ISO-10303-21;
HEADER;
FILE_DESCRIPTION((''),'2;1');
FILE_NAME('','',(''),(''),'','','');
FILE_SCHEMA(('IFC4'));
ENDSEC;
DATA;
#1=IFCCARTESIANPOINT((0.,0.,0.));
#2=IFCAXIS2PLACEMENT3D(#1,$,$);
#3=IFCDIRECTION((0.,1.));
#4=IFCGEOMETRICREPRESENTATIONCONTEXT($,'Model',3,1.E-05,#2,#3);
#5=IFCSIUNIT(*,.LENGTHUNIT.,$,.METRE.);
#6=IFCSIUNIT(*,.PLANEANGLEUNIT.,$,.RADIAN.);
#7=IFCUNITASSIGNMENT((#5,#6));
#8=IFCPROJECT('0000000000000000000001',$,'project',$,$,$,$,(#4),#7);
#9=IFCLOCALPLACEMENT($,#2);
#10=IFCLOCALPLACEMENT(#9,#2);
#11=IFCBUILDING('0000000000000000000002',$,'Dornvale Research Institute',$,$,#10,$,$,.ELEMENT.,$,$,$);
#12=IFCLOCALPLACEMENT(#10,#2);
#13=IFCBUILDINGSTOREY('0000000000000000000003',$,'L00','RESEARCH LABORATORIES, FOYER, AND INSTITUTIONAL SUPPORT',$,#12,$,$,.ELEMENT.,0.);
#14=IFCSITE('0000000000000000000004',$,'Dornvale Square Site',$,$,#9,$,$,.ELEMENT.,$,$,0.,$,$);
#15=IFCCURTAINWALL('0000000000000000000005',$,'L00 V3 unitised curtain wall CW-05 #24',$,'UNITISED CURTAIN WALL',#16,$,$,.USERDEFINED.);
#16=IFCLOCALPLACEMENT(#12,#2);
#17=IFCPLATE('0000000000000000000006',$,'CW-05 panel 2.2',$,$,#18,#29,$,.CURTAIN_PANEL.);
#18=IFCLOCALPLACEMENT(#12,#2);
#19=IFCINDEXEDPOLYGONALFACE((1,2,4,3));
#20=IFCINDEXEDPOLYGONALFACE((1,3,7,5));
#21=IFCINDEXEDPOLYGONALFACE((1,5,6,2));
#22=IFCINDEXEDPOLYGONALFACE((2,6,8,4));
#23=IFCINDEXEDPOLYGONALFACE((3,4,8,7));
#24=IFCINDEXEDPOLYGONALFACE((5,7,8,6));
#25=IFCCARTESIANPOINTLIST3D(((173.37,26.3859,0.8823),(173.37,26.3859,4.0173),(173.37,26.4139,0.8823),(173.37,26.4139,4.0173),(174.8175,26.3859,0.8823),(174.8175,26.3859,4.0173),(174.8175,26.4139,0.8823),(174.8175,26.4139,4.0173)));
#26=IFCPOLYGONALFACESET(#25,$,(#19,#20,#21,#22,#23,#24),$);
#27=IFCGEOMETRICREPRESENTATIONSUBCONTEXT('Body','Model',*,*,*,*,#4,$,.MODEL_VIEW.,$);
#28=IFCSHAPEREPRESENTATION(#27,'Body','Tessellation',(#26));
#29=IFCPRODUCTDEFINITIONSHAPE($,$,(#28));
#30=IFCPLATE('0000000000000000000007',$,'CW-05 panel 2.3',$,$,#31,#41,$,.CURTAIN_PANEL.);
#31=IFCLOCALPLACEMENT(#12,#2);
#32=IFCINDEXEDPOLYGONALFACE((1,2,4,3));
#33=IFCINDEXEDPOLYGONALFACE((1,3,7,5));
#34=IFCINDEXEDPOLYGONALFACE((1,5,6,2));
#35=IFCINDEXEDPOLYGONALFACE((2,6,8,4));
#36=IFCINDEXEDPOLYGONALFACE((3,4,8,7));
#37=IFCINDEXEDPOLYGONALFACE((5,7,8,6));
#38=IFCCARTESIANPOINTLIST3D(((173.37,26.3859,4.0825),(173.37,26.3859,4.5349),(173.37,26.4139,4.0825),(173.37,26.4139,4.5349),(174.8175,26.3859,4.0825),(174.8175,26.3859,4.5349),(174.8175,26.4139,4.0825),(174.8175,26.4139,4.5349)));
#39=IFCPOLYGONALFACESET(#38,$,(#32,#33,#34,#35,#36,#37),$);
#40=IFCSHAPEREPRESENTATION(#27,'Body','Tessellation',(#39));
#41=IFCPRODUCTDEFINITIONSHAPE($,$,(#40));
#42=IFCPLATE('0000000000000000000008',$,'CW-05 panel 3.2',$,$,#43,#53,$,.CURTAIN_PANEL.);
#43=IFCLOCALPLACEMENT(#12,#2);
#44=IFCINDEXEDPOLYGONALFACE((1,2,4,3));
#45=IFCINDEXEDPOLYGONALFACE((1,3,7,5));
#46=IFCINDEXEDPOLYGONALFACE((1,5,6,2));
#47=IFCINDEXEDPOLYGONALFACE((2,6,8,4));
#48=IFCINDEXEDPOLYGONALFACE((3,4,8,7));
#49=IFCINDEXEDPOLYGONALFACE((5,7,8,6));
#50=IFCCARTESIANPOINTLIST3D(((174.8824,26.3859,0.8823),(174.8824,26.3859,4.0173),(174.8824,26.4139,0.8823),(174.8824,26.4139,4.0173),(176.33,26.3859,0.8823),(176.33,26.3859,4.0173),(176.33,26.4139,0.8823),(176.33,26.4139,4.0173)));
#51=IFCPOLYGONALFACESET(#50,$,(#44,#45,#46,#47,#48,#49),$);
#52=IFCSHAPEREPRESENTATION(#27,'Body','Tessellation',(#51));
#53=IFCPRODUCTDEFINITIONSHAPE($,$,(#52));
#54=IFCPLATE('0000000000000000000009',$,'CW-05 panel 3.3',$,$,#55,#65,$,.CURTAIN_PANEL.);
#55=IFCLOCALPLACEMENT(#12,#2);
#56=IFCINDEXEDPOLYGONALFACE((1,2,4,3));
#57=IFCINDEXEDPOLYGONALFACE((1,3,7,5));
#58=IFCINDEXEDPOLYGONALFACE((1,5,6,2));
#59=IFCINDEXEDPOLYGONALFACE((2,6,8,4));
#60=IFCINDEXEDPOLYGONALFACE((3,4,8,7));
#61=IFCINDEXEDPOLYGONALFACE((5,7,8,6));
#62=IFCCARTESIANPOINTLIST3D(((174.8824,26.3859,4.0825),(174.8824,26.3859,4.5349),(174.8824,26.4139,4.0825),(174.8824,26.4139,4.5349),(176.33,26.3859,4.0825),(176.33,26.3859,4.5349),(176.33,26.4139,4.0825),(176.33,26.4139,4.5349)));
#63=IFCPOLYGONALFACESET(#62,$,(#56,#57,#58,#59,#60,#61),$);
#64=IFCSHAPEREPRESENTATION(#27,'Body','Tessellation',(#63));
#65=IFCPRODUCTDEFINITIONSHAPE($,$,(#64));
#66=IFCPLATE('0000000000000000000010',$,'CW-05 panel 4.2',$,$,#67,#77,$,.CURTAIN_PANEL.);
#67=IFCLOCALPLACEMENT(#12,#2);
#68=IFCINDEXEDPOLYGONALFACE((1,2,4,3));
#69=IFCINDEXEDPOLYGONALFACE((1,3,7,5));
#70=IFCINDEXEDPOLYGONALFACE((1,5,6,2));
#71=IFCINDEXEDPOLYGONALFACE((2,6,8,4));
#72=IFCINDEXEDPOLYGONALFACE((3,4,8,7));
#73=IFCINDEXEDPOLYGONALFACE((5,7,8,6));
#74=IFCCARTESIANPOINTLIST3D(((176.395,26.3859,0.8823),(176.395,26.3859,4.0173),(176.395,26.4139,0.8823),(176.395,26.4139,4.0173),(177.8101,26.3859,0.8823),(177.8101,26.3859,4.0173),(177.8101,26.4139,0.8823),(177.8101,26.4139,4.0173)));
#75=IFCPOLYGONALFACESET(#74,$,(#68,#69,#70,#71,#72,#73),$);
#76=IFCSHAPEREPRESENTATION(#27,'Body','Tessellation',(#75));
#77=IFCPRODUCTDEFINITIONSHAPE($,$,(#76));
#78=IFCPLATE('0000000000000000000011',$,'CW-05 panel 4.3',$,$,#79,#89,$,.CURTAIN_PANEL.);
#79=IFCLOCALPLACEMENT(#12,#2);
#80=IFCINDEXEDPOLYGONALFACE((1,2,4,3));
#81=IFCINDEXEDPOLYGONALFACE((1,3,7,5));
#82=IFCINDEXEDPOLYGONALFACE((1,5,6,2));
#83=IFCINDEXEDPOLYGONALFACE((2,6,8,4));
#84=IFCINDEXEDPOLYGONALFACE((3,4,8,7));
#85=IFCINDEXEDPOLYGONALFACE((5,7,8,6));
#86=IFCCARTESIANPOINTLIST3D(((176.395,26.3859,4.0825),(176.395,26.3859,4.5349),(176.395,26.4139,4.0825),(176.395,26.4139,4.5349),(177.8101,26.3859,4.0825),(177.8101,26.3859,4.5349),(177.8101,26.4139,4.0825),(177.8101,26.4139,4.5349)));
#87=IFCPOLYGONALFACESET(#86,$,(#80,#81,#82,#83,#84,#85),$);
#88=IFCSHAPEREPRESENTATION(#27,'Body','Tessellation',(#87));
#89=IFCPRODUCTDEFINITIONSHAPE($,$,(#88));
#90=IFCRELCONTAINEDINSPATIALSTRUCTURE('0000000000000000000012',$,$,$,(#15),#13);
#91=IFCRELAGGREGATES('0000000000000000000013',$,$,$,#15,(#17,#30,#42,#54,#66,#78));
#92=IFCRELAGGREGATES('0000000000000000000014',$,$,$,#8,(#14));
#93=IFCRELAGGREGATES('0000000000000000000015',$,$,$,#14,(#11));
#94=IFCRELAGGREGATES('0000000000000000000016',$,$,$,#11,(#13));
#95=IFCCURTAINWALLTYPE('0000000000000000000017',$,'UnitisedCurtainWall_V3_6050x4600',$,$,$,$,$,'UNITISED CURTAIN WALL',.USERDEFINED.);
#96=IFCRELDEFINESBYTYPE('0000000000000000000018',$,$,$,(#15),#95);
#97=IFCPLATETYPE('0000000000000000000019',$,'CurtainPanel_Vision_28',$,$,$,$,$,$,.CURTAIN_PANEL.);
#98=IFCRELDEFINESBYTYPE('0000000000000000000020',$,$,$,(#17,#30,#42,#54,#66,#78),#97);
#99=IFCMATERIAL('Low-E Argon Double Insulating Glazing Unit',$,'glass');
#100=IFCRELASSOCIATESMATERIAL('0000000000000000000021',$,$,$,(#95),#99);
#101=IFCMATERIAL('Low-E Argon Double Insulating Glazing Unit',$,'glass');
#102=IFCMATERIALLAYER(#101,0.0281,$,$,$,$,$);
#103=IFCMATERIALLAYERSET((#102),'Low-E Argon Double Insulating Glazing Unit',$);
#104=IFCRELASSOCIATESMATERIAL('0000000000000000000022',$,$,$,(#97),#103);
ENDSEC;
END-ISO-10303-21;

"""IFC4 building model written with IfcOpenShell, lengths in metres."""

from ifc_helpers import new_model, si_unit, direction, frame, origin, origin_2d, place, context, subcontext, project, spatial, rectangle, extrude, material, layer, layer_set, type_object, element, aggregate, save


model = new_model("IFC4")

# Units and contexts
model_context = context("Model", 3, precision=1e-05, world=origin(), true_north=direction((0.0, 1.0)))
body_context = subcontext(model_context, "Body", "Model", "MODEL_VIEW")
ifc_project = project(units=[si_unit("LENGTHUNIT", "METRE"), si_unit("PLANEANGLEUNIT", "RADIAN")], contexts=[model_context])

# Site, building, storey
site_placement = place(None, origin())
site = spatial("IfcSite", under=ifc_project, at=site_placement, Name="Dornvale Square Site", CompositionType="ELEMENT", RefElevation=0.0)
building_placement = place(site_placement, origin())
building = spatial("IfcBuilding", under=site, at=building_placement, Name="Dornvale Research Institute", CompositionType="ELEMENT")
storey_placement = place(building_placement, origin())
storey = spatial("IfcBuildingStorey", under=building, at=storey_placement, Name="L00", Description="RESEARCH LABORATORIES, FOYER, AND INSTITUTIONAL SUPPORT", CompositionType="ELEMENT", Elevation=0.0)

# Curtain wall
ifc_material_1 = material(Name="Low-E Argon Double Insulating Glazing Unit", Category="glass")
curtain_wall_type_1 = type_object("IfcCurtainWallType", Name="UnitisedCurtainWall_V3_6050x4600", ElementType="UNITISED CURTAIN WALL", PredefinedType="USERDEFINED", material=ifc_material_1)
curtain_wall_1_placement = place(storey_placement, origin())
curtain_wall_1 = element("IfcCurtainWall", 1, at=curtain_wall_1_placement, inside=storey, type_object=curtain_wall_type_1, Name="L00 V3 unitised curtain wall CW-05 #24", ObjectType="UNITISED CURTAIN WALL", PredefinedType="USERDEFINED")

# Plates
ifc_material_2 = material(Name="Low-E Argon Double Insulating Glazing Unit", Category="glass")
ifc_layer_1 = layer(ifc_material_2, 0.0281)
ifc_layer_set_1 = layer_set([ifc_layer_1], Name="Low-E Argon Double Insulating Glazing Unit")
plate_type_1 = type_object("IfcPlateType", Name="CurtainPanel_Vision_28", PredefinedType="CURTAIN_PANEL", material=ifc_layer_set_1)
plate_1_placement = place(storey_placement, frame((174.0938, 26.3999, 0.8823), z_axis=(0.0, 0.0, 1.0), x_axis=(1.0, 0.0, 0.0)))
plate_1 = element("IfcPlate", 2, at=plate_1_placement, type_object=plate_type_1, Name="CW-05 panel 2.2", PredefinedType="CURTAIN_PANEL", context=body_context, shape_type="SweptSolid", body=[
    extrude(rectangle(XDim=1.4475, YDim=0.0281, at=origin_2d()), origin(), (0.0, 0.0, 1.0), 3.135),
])
plate_2_placement = place(storey_placement, frame((174.0938, 26.3999, 4.0825), z_axis=(0.0, 0.0, 1.0), x_axis=(1.0, 0.0, 0.0)))
plate_2 = element("IfcPlate", 3, at=plate_2_placement, type_object=plate_type_1, Name="CW-05 panel 2.3", PredefinedType="CURTAIN_PANEL", context=body_context, shape_type="SweptSolid", body=[
    extrude(rectangle(XDim=1.4475, YDim=0.0281, at=origin_2d()), origin(), (0.0, 0.0, 1.0), 0.4524),
])
plate_3_placement = place(storey_placement, frame((175.6062, 26.3999, 0.8823), z_axis=(0.0, 0.0, 1.0), x_axis=(1.0, 0.0, 0.0)))
plate_3 = element("IfcPlate", 4, at=plate_3_placement, type_object=plate_type_1, Name="CW-05 panel 3.2", PredefinedType="CURTAIN_PANEL", context=body_context, shape_type="SweptSolid", body=[
    extrude(rectangle(XDim=1.4475, YDim=0.0281, at=origin_2d()), origin(), (0.0, 0.0, 1.0), 3.135),
])
plate_4_placement = place(storey_placement, frame((175.6062, 26.3999, 4.0825), z_axis=(0.0, 0.0, 1.0), x_axis=(1.0, 0.0, 0.0)))
plate_4 = element("IfcPlate", 5, at=plate_4_placement, type_object=plate_type_1, Name="CW-05 panel 3.3", PredefinedType="CURTAIN_PANEL", context=body_context, shape_type="SweptSolid", body=[
    extrude(rectangle(XDim=1.4475, YDim=0.0281, at=origin_2d()), origin(), (0.0, 0.0, 1.0), 0.4524),
])
plate_5_placement = place(storey_placement, frame((177.1025, 26.3999, 0.8823), z_axis=(0.0, 0.0, 1.0), x_axis=(1.0, 0.0, 0.0)))
plate_5 = element("IfcPlate", 6, at=plate_5_placement, type_object=plate_type_1, Name="CW-05 panel 4.2", PredefinedType="CURTAIN_PANEL", context=body_context, shape_type="SweptSolid", body=[
    extrude(rectangle(XDim=1.415, YDim=0.0281, at=origin_2d()), origin(), (0.0, 0.0, 1.0), 3.135),
])
plate_6_placement = place(storey_placement, frame((177.1025, 26.3999, 4.0825), z_axis=(0.0, 0.0, 1.0), x_axis=(1.0, 0.0, 0.0)))
plate_6 = element("IfcPlate", 7, at=plate_6_placement, type_object=plate_type_1, Name="CW-05 panel 4.3", PredefinedType="CURTAIN_PANEL", context=body_context, shape_type="SweptSolid", body=[
    extrude(rectangle(XDim=1.415, YDim=0.0281, at=origin_2d()), origin(), (0.0, 0.0, 1.0), 0.4524),
])
aggregate(curtain_wall_1, [plate_1, plate_2, plate_3, plate_4, plate_5, plate_6])

save(model, "model.ifc")
